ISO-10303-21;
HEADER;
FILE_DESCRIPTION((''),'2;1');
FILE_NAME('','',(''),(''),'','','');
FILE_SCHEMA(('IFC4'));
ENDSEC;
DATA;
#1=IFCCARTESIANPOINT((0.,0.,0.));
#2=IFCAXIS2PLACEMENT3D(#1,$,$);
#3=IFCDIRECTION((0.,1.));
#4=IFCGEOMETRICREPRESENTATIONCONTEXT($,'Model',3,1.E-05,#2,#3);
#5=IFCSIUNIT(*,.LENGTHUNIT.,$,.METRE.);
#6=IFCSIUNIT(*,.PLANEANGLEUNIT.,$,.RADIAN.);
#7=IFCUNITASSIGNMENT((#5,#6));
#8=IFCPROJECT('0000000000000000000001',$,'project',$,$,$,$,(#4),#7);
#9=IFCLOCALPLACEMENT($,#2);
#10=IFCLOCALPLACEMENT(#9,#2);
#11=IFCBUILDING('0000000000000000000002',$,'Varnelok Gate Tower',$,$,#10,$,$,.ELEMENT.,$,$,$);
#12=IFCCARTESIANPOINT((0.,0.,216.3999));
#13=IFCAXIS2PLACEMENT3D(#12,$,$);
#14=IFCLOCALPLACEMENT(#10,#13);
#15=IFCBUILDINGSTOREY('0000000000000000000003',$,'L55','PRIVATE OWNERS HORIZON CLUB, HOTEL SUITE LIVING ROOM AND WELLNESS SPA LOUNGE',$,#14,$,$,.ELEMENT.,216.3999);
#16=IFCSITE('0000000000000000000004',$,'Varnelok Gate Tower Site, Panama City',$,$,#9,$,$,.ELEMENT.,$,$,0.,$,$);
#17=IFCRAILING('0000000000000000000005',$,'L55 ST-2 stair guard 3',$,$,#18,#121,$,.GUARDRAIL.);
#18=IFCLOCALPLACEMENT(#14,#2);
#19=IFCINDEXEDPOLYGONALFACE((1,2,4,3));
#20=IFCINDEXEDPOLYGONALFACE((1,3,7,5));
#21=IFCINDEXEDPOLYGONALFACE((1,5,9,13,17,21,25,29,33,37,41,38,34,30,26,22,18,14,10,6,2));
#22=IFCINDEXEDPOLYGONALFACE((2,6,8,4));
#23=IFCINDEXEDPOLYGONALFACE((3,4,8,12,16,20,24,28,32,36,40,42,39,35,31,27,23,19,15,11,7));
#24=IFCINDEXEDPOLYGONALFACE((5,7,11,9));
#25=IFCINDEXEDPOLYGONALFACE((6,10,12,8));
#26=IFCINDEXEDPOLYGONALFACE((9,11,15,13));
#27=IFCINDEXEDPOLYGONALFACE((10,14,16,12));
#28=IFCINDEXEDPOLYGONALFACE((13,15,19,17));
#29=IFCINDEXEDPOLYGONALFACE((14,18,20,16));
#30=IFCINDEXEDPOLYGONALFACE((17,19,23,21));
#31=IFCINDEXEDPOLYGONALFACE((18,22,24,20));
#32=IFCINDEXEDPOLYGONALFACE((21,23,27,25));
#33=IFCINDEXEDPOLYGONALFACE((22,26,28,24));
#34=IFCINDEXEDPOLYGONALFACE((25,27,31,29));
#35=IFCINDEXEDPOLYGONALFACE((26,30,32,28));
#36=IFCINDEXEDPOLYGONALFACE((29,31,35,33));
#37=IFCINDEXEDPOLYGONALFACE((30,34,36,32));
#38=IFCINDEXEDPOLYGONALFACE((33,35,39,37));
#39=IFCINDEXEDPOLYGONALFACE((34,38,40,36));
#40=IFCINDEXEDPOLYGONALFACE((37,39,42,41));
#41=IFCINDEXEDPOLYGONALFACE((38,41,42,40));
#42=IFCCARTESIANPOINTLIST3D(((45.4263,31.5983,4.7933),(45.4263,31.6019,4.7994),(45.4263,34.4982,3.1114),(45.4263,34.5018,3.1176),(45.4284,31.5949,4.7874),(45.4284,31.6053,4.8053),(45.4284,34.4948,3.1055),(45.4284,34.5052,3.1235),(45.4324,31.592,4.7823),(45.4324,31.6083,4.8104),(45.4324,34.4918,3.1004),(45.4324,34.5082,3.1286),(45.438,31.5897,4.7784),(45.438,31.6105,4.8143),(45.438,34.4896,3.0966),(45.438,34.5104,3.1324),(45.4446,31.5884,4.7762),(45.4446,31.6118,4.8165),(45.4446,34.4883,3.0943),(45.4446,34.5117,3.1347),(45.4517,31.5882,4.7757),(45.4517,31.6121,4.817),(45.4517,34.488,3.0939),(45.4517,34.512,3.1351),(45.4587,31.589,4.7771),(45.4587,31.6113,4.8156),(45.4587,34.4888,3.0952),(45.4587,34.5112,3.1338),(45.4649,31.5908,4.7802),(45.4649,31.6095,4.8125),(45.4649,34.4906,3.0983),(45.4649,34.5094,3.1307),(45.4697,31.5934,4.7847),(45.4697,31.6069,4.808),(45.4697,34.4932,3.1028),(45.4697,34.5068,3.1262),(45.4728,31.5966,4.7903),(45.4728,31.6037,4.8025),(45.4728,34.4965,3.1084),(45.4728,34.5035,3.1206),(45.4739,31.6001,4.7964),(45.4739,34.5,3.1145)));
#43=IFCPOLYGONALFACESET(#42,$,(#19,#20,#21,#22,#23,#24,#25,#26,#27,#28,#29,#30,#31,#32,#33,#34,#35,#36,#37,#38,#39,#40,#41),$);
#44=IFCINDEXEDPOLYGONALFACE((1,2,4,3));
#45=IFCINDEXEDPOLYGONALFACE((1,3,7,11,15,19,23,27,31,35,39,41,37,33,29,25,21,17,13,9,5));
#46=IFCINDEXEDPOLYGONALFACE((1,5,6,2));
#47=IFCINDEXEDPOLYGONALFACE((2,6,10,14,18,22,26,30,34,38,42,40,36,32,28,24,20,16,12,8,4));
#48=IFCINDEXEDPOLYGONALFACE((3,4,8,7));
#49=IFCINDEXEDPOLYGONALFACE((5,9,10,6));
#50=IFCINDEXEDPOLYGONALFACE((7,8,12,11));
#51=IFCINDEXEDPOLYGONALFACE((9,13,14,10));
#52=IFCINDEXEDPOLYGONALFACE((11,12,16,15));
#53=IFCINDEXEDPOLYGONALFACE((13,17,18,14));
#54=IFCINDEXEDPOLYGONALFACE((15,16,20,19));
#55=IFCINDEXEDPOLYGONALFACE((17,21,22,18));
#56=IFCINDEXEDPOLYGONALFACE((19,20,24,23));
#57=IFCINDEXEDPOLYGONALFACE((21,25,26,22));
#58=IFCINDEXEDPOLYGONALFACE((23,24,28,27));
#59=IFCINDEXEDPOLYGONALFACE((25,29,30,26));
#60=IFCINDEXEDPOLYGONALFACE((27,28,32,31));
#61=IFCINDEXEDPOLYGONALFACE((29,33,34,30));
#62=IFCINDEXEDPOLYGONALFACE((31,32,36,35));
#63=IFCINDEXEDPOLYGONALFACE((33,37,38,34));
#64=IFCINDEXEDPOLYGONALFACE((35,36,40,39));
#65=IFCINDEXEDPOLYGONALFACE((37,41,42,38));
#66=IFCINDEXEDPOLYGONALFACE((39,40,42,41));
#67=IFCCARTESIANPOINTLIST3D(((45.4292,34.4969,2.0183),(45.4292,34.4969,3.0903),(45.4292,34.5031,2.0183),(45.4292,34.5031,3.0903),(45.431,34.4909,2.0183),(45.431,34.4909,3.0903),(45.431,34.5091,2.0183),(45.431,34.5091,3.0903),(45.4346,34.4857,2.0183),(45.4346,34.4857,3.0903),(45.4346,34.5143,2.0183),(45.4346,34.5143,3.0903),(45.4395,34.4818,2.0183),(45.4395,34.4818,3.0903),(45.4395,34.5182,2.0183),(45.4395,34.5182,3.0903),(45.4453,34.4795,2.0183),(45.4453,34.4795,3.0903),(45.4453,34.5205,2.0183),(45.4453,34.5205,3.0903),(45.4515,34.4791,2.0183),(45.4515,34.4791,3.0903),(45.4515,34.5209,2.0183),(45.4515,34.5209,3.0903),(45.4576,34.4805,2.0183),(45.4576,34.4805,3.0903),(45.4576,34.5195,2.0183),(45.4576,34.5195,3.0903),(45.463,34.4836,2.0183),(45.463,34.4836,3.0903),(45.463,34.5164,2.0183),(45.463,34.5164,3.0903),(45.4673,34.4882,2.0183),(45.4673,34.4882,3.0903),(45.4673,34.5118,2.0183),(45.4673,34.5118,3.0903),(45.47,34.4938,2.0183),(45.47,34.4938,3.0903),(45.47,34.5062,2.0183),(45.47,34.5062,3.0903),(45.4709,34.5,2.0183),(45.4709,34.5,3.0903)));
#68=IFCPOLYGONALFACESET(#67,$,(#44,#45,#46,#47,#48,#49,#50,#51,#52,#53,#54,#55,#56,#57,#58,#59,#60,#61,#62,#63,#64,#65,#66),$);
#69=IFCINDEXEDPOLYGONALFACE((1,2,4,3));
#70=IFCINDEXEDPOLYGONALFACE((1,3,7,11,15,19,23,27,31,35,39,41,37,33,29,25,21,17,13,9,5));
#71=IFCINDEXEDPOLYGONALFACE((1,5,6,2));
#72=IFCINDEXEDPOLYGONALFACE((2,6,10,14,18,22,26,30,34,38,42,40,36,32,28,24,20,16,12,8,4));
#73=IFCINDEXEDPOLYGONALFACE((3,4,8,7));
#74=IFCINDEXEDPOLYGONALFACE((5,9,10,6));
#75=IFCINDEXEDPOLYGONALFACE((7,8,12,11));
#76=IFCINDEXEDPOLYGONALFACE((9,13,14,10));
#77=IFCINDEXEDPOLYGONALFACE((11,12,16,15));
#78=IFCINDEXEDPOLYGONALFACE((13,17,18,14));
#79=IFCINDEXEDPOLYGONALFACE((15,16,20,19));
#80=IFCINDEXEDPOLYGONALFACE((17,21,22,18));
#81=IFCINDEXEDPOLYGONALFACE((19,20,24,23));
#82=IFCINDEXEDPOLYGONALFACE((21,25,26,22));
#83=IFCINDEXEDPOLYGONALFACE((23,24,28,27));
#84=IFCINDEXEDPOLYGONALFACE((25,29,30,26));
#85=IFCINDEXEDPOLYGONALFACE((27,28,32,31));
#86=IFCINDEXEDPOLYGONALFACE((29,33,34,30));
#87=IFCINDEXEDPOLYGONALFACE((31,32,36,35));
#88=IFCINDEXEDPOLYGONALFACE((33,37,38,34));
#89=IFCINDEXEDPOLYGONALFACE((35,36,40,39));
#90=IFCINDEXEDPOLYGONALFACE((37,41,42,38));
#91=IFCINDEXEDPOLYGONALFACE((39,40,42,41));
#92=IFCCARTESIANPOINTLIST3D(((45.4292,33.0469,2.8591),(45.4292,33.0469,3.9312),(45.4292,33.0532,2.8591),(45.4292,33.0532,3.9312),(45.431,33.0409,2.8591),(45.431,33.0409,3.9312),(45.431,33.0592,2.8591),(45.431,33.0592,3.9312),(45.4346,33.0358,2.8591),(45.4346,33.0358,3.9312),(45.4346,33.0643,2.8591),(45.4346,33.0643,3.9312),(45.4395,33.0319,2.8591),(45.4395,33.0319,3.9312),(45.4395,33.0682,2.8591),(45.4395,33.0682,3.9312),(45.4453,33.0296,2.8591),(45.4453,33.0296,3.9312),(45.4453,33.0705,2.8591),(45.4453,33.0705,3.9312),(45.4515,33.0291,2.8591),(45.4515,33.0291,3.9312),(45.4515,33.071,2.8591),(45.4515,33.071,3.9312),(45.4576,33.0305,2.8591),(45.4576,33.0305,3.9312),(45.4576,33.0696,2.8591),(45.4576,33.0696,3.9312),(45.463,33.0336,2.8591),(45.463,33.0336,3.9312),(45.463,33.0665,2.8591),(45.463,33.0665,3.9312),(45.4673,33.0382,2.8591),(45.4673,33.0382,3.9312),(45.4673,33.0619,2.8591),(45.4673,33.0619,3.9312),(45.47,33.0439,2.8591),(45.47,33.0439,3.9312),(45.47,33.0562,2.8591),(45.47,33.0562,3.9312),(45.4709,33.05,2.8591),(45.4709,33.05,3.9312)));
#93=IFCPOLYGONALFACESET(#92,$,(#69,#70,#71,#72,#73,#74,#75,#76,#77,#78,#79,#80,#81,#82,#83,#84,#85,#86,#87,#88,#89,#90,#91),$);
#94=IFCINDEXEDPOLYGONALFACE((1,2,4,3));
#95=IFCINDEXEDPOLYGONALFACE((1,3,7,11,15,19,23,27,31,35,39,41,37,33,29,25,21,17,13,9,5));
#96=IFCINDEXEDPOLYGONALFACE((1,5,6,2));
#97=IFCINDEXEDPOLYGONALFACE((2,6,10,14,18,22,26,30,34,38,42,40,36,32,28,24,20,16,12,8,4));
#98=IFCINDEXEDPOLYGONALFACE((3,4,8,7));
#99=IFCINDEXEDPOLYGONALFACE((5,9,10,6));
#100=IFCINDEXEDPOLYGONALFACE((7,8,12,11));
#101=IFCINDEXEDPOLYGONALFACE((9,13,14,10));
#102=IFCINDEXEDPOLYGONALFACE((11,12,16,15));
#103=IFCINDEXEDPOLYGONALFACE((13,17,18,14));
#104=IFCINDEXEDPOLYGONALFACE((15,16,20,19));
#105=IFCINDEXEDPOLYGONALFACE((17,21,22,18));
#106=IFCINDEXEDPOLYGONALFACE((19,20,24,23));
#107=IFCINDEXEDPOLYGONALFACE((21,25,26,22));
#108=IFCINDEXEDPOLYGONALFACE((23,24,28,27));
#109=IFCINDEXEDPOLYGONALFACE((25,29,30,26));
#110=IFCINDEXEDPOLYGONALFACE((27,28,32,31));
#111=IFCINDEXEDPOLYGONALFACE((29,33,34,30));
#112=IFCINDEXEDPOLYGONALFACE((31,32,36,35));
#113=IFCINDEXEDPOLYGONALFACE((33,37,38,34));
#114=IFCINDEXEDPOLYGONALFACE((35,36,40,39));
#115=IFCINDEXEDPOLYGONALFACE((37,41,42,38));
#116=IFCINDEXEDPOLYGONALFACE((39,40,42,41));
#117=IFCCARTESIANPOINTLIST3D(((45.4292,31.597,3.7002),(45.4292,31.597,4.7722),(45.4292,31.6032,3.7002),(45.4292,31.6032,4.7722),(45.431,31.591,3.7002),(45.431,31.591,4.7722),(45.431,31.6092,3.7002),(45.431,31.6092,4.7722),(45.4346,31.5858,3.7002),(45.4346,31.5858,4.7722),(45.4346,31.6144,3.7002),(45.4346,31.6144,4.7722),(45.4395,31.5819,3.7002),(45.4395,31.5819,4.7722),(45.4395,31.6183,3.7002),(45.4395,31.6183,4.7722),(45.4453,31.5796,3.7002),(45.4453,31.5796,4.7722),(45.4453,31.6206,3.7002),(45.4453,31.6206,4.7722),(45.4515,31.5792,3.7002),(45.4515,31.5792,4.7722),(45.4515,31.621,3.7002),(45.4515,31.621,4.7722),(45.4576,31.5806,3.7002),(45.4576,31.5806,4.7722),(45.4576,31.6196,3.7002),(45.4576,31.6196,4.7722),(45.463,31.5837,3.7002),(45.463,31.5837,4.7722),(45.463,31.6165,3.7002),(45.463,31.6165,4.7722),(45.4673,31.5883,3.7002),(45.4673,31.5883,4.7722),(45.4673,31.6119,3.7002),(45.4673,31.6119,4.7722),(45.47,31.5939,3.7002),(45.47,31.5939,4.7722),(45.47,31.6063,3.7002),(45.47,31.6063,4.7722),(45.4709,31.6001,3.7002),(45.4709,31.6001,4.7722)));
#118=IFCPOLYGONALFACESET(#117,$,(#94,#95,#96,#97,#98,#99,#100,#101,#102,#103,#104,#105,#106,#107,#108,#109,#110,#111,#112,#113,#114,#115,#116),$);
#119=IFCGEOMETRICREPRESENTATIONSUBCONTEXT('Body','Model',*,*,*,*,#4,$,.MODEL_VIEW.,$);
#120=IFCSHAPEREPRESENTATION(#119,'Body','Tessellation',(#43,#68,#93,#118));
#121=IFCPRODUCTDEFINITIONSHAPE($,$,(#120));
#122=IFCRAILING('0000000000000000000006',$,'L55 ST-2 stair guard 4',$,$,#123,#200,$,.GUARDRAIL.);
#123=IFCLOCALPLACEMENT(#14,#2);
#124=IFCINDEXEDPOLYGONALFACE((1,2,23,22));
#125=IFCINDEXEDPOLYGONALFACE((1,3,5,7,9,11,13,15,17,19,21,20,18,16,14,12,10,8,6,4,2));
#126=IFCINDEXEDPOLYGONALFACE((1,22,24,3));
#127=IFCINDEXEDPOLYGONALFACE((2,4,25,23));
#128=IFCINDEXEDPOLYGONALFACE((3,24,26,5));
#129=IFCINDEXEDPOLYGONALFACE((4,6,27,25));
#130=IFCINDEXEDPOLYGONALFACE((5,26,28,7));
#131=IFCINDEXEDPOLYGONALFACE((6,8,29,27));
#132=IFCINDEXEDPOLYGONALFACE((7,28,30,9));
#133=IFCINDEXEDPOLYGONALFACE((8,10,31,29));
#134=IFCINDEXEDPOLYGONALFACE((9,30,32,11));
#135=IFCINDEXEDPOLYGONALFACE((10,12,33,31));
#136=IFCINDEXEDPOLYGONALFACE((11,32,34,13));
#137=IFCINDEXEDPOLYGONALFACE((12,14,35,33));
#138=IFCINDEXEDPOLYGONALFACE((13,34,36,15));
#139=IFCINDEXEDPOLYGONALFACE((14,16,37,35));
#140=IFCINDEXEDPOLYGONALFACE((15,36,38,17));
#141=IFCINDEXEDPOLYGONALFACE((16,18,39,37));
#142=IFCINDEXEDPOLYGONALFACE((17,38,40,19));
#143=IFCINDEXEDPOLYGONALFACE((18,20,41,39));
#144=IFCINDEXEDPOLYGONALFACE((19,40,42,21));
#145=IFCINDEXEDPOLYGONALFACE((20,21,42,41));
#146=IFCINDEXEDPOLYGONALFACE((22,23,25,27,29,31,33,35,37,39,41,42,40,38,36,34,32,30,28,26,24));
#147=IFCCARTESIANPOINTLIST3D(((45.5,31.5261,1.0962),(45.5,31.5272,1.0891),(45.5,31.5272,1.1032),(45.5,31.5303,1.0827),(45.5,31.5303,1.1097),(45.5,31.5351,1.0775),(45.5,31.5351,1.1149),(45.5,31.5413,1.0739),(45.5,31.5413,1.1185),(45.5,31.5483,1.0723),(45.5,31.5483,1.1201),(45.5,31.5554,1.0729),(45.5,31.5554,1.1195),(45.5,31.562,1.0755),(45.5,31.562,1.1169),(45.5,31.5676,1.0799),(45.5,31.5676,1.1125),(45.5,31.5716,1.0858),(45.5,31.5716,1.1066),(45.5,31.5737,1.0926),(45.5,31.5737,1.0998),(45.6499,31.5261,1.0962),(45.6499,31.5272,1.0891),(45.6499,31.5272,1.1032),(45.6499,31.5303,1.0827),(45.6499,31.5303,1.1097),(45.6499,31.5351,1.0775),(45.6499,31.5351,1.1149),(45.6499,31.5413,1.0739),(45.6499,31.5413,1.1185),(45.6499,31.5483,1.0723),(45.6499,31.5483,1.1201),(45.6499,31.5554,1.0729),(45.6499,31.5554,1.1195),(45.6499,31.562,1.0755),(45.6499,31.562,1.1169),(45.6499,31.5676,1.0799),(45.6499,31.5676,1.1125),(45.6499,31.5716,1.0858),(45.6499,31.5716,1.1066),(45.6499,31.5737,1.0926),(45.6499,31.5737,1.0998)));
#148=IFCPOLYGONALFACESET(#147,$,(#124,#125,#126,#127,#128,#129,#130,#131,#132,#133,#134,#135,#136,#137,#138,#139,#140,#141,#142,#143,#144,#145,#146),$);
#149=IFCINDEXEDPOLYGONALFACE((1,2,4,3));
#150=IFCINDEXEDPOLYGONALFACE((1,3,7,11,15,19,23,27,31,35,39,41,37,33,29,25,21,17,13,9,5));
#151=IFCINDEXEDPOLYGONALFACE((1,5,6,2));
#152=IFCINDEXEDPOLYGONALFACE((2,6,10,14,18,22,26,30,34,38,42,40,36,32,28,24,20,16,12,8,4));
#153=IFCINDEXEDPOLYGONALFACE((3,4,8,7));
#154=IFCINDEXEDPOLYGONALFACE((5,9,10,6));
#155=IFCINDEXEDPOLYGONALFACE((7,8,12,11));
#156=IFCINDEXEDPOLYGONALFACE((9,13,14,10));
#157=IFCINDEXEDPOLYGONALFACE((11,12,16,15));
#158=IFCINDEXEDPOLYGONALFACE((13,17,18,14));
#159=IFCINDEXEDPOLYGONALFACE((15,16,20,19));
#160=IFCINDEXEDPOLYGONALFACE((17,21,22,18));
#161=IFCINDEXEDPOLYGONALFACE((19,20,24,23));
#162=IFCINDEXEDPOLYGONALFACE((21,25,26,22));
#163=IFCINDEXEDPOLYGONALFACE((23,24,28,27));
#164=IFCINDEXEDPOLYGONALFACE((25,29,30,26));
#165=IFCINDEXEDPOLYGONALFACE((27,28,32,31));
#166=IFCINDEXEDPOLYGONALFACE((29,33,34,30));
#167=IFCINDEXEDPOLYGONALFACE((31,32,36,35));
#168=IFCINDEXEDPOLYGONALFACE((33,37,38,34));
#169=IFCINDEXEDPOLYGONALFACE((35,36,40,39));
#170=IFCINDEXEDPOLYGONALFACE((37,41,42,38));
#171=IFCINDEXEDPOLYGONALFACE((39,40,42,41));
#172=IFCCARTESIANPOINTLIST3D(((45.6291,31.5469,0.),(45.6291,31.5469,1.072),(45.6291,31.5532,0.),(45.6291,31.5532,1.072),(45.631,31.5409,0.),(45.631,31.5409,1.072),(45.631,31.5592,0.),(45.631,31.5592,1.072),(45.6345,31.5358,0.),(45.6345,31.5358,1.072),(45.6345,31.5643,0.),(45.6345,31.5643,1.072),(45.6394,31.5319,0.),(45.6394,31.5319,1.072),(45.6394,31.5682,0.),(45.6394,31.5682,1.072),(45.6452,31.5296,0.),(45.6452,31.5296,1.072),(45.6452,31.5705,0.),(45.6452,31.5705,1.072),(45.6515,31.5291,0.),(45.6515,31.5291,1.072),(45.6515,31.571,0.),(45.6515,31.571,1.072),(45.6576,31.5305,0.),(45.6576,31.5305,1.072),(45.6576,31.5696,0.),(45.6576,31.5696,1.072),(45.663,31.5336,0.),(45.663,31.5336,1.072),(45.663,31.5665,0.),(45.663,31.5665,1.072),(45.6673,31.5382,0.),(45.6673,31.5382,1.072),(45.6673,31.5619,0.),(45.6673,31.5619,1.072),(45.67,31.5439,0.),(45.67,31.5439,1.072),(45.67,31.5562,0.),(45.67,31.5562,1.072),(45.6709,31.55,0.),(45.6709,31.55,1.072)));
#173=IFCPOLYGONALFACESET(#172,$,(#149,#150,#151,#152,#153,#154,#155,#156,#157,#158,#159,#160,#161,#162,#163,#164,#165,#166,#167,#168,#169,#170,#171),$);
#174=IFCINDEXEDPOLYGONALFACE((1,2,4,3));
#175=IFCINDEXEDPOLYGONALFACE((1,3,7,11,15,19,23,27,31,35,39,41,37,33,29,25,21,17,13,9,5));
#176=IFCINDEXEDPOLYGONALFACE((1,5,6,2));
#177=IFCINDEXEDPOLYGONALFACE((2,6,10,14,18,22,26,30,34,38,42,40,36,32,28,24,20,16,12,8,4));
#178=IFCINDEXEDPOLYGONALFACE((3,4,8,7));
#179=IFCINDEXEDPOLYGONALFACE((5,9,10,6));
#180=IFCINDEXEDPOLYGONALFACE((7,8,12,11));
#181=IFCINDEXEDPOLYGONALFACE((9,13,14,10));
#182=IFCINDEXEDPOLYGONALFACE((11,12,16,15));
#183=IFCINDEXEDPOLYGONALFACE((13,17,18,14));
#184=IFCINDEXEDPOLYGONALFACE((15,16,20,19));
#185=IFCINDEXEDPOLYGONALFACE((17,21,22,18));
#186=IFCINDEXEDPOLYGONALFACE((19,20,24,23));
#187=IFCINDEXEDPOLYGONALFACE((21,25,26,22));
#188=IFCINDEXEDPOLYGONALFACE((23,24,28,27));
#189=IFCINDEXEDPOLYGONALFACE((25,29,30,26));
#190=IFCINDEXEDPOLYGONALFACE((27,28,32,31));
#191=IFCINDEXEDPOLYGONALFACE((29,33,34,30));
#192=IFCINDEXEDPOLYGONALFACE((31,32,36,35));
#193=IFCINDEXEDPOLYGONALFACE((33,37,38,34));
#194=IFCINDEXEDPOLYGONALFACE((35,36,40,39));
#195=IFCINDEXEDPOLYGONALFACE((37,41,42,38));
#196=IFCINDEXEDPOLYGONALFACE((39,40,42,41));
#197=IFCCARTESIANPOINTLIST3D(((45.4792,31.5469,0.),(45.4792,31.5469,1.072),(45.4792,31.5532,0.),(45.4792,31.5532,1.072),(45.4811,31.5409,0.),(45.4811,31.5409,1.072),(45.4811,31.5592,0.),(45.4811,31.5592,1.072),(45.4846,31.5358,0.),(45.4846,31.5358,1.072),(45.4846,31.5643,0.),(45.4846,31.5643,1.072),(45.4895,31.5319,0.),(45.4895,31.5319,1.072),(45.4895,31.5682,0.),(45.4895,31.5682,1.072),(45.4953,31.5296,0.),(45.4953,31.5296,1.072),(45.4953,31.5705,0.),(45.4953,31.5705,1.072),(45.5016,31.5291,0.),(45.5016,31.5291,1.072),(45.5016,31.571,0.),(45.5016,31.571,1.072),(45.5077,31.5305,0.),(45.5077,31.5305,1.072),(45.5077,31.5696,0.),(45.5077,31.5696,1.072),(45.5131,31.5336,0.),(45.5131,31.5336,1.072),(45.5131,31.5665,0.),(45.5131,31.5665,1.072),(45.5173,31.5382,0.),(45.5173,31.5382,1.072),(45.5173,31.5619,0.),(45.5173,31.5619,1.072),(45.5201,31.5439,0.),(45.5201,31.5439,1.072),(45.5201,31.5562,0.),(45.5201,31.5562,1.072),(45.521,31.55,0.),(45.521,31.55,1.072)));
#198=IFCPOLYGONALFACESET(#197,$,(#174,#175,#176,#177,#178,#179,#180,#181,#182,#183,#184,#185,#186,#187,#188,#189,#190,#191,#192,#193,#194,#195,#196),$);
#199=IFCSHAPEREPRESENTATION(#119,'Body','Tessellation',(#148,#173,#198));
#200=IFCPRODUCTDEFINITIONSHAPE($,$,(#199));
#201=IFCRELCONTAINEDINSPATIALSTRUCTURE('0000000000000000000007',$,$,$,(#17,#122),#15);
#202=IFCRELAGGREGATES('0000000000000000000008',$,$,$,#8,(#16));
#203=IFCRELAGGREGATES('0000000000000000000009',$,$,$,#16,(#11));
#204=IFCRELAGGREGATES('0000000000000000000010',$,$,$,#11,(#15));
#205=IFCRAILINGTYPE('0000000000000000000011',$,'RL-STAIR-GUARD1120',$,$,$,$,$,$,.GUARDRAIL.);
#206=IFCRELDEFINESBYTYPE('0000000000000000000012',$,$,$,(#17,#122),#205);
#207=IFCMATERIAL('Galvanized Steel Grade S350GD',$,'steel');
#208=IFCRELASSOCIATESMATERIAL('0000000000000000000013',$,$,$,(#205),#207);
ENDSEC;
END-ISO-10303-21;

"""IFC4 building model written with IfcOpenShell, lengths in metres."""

from ifc_helpers import new_model, si_unit, direction, frame, origin, origin_2d, place, context, subcontext, project, spatial, circle, extrude, material, type_object, element, save


model = new_model("IFC4")

# Units and contexts
model_context = context("Model", 3, precision=1e-05, world=origin(), true_north=direction((0.0, 1.0)))
body_context = subcontext(model_context, "Body", "Model", "MODEL_VIEW")
ifc_project = project(units=[si_unit("LENGTHUNIT", "METRE"), si_unit("PLANEANGLEUNIT", "RADIAN")], contexts=[model_context])

# Site, building, storey
site_placement = place(None, origin())
site = spatial("IfcSite", under=ifc_project, at=site_placement, Name="Varnelok Gate Tower Site, Panama City", CompositionType="ELEMENT", RefElevation=0.0)
building_placement = place(site_placement, origin())
building = spatial("IfcBuilding", under=site, at=building_placement, Name="Varnelok Gate Tower", CompositionType="ELEMENT")
storey_placement = place(building_placement, frame((0.0, 0.0, 216.3999)))
storey = spatial("IfcBuildingStorey", under=building, at=storey_placement, Name="L55", Description="PRIVATE OWNERS HORIZON CLUB, HOTEL SUITE LIVING ROOM AND WELLNESS SPA LOUNGE", CompositionType="ELEMENT", Elevation=216.3999)

# Shared definitions
ifc_material_1 = material(Name="Galvanized Steel Grade S350GD", Category="steel")

# Railings
railing_type_1 = type_object("IfcRailingType", Name="RL-STAIR-GUARD1120", PredefinedType="GUARDRAIL", material=ifc_material_1)
railing_1_placement = place(storey_placement, frame((45.45, 34.5, 2.0183)))
element("IfcRailing", 1, at=railing_1_placement, inside=storey, type_object=railing_type_1, Name="L55 ST-2 stair guard 3", PredefinedType="GUARDRAIL", context=body_context, shape_type="SweptSolid", body=[
    extrude(circle(Radius=0.0239, at=origin_2d()), frame((0.0, 0.0, 1.0962), z_axis=(0.0, -0.865039, 0.501705), x_axis=(1.0, 0.0, 0.0)), (0.0, 0.0, 1.0), 3.3523),
    extrude(circle(Radius=0.021, at=origin_2d()), origin(), (0.0, 0.0, 1.0), 1.072),
    extrude(circle(Radius=0.021, at=origin_2d()), frame((0.0, -1.45, 0.8408)), (0.0, 0.0, 1.0), 1.072),
    extrude(circle(Radius=0.021, at=origin_2d()), frame((0.0, -2.8999, 1.6819)), (0.0, 0.0, 1.0), 1.072),
])
railing_2_placement = place(storey_placement, frame((45.6499, 31.55, 0.0)))
element("IfcRailing", 2, at=railing_2_placement, inside=storey, type_object=railing_type_1, Name="L55 ST-2 stair guard 4", PredefinedType="GUARDRAIL", context=body_context, shape_type="SweptSolid", body=[
    extrude(circle(Radius=0.0239, at=origin_2d()), frame((0.0, 0.0, 1.0962), z_axis=(-1.0, 0.0, 0.0), x_axis=(0.0, -1.0, 0.0)), (0.0, 0.0, 1.0), 0.1499),
    extrude(circle(Radius=0.021, at=origin_2d()), origin(), (0.0, 0.0, 1.0), 1.072),
    extrude(circle(Radius=0.021, at=origin_2d()), frame((-0.1499, 0.0, 0.0)), (0.0, 0.0, 1.0), 1.072),
])

save(model, "model.ifc")
